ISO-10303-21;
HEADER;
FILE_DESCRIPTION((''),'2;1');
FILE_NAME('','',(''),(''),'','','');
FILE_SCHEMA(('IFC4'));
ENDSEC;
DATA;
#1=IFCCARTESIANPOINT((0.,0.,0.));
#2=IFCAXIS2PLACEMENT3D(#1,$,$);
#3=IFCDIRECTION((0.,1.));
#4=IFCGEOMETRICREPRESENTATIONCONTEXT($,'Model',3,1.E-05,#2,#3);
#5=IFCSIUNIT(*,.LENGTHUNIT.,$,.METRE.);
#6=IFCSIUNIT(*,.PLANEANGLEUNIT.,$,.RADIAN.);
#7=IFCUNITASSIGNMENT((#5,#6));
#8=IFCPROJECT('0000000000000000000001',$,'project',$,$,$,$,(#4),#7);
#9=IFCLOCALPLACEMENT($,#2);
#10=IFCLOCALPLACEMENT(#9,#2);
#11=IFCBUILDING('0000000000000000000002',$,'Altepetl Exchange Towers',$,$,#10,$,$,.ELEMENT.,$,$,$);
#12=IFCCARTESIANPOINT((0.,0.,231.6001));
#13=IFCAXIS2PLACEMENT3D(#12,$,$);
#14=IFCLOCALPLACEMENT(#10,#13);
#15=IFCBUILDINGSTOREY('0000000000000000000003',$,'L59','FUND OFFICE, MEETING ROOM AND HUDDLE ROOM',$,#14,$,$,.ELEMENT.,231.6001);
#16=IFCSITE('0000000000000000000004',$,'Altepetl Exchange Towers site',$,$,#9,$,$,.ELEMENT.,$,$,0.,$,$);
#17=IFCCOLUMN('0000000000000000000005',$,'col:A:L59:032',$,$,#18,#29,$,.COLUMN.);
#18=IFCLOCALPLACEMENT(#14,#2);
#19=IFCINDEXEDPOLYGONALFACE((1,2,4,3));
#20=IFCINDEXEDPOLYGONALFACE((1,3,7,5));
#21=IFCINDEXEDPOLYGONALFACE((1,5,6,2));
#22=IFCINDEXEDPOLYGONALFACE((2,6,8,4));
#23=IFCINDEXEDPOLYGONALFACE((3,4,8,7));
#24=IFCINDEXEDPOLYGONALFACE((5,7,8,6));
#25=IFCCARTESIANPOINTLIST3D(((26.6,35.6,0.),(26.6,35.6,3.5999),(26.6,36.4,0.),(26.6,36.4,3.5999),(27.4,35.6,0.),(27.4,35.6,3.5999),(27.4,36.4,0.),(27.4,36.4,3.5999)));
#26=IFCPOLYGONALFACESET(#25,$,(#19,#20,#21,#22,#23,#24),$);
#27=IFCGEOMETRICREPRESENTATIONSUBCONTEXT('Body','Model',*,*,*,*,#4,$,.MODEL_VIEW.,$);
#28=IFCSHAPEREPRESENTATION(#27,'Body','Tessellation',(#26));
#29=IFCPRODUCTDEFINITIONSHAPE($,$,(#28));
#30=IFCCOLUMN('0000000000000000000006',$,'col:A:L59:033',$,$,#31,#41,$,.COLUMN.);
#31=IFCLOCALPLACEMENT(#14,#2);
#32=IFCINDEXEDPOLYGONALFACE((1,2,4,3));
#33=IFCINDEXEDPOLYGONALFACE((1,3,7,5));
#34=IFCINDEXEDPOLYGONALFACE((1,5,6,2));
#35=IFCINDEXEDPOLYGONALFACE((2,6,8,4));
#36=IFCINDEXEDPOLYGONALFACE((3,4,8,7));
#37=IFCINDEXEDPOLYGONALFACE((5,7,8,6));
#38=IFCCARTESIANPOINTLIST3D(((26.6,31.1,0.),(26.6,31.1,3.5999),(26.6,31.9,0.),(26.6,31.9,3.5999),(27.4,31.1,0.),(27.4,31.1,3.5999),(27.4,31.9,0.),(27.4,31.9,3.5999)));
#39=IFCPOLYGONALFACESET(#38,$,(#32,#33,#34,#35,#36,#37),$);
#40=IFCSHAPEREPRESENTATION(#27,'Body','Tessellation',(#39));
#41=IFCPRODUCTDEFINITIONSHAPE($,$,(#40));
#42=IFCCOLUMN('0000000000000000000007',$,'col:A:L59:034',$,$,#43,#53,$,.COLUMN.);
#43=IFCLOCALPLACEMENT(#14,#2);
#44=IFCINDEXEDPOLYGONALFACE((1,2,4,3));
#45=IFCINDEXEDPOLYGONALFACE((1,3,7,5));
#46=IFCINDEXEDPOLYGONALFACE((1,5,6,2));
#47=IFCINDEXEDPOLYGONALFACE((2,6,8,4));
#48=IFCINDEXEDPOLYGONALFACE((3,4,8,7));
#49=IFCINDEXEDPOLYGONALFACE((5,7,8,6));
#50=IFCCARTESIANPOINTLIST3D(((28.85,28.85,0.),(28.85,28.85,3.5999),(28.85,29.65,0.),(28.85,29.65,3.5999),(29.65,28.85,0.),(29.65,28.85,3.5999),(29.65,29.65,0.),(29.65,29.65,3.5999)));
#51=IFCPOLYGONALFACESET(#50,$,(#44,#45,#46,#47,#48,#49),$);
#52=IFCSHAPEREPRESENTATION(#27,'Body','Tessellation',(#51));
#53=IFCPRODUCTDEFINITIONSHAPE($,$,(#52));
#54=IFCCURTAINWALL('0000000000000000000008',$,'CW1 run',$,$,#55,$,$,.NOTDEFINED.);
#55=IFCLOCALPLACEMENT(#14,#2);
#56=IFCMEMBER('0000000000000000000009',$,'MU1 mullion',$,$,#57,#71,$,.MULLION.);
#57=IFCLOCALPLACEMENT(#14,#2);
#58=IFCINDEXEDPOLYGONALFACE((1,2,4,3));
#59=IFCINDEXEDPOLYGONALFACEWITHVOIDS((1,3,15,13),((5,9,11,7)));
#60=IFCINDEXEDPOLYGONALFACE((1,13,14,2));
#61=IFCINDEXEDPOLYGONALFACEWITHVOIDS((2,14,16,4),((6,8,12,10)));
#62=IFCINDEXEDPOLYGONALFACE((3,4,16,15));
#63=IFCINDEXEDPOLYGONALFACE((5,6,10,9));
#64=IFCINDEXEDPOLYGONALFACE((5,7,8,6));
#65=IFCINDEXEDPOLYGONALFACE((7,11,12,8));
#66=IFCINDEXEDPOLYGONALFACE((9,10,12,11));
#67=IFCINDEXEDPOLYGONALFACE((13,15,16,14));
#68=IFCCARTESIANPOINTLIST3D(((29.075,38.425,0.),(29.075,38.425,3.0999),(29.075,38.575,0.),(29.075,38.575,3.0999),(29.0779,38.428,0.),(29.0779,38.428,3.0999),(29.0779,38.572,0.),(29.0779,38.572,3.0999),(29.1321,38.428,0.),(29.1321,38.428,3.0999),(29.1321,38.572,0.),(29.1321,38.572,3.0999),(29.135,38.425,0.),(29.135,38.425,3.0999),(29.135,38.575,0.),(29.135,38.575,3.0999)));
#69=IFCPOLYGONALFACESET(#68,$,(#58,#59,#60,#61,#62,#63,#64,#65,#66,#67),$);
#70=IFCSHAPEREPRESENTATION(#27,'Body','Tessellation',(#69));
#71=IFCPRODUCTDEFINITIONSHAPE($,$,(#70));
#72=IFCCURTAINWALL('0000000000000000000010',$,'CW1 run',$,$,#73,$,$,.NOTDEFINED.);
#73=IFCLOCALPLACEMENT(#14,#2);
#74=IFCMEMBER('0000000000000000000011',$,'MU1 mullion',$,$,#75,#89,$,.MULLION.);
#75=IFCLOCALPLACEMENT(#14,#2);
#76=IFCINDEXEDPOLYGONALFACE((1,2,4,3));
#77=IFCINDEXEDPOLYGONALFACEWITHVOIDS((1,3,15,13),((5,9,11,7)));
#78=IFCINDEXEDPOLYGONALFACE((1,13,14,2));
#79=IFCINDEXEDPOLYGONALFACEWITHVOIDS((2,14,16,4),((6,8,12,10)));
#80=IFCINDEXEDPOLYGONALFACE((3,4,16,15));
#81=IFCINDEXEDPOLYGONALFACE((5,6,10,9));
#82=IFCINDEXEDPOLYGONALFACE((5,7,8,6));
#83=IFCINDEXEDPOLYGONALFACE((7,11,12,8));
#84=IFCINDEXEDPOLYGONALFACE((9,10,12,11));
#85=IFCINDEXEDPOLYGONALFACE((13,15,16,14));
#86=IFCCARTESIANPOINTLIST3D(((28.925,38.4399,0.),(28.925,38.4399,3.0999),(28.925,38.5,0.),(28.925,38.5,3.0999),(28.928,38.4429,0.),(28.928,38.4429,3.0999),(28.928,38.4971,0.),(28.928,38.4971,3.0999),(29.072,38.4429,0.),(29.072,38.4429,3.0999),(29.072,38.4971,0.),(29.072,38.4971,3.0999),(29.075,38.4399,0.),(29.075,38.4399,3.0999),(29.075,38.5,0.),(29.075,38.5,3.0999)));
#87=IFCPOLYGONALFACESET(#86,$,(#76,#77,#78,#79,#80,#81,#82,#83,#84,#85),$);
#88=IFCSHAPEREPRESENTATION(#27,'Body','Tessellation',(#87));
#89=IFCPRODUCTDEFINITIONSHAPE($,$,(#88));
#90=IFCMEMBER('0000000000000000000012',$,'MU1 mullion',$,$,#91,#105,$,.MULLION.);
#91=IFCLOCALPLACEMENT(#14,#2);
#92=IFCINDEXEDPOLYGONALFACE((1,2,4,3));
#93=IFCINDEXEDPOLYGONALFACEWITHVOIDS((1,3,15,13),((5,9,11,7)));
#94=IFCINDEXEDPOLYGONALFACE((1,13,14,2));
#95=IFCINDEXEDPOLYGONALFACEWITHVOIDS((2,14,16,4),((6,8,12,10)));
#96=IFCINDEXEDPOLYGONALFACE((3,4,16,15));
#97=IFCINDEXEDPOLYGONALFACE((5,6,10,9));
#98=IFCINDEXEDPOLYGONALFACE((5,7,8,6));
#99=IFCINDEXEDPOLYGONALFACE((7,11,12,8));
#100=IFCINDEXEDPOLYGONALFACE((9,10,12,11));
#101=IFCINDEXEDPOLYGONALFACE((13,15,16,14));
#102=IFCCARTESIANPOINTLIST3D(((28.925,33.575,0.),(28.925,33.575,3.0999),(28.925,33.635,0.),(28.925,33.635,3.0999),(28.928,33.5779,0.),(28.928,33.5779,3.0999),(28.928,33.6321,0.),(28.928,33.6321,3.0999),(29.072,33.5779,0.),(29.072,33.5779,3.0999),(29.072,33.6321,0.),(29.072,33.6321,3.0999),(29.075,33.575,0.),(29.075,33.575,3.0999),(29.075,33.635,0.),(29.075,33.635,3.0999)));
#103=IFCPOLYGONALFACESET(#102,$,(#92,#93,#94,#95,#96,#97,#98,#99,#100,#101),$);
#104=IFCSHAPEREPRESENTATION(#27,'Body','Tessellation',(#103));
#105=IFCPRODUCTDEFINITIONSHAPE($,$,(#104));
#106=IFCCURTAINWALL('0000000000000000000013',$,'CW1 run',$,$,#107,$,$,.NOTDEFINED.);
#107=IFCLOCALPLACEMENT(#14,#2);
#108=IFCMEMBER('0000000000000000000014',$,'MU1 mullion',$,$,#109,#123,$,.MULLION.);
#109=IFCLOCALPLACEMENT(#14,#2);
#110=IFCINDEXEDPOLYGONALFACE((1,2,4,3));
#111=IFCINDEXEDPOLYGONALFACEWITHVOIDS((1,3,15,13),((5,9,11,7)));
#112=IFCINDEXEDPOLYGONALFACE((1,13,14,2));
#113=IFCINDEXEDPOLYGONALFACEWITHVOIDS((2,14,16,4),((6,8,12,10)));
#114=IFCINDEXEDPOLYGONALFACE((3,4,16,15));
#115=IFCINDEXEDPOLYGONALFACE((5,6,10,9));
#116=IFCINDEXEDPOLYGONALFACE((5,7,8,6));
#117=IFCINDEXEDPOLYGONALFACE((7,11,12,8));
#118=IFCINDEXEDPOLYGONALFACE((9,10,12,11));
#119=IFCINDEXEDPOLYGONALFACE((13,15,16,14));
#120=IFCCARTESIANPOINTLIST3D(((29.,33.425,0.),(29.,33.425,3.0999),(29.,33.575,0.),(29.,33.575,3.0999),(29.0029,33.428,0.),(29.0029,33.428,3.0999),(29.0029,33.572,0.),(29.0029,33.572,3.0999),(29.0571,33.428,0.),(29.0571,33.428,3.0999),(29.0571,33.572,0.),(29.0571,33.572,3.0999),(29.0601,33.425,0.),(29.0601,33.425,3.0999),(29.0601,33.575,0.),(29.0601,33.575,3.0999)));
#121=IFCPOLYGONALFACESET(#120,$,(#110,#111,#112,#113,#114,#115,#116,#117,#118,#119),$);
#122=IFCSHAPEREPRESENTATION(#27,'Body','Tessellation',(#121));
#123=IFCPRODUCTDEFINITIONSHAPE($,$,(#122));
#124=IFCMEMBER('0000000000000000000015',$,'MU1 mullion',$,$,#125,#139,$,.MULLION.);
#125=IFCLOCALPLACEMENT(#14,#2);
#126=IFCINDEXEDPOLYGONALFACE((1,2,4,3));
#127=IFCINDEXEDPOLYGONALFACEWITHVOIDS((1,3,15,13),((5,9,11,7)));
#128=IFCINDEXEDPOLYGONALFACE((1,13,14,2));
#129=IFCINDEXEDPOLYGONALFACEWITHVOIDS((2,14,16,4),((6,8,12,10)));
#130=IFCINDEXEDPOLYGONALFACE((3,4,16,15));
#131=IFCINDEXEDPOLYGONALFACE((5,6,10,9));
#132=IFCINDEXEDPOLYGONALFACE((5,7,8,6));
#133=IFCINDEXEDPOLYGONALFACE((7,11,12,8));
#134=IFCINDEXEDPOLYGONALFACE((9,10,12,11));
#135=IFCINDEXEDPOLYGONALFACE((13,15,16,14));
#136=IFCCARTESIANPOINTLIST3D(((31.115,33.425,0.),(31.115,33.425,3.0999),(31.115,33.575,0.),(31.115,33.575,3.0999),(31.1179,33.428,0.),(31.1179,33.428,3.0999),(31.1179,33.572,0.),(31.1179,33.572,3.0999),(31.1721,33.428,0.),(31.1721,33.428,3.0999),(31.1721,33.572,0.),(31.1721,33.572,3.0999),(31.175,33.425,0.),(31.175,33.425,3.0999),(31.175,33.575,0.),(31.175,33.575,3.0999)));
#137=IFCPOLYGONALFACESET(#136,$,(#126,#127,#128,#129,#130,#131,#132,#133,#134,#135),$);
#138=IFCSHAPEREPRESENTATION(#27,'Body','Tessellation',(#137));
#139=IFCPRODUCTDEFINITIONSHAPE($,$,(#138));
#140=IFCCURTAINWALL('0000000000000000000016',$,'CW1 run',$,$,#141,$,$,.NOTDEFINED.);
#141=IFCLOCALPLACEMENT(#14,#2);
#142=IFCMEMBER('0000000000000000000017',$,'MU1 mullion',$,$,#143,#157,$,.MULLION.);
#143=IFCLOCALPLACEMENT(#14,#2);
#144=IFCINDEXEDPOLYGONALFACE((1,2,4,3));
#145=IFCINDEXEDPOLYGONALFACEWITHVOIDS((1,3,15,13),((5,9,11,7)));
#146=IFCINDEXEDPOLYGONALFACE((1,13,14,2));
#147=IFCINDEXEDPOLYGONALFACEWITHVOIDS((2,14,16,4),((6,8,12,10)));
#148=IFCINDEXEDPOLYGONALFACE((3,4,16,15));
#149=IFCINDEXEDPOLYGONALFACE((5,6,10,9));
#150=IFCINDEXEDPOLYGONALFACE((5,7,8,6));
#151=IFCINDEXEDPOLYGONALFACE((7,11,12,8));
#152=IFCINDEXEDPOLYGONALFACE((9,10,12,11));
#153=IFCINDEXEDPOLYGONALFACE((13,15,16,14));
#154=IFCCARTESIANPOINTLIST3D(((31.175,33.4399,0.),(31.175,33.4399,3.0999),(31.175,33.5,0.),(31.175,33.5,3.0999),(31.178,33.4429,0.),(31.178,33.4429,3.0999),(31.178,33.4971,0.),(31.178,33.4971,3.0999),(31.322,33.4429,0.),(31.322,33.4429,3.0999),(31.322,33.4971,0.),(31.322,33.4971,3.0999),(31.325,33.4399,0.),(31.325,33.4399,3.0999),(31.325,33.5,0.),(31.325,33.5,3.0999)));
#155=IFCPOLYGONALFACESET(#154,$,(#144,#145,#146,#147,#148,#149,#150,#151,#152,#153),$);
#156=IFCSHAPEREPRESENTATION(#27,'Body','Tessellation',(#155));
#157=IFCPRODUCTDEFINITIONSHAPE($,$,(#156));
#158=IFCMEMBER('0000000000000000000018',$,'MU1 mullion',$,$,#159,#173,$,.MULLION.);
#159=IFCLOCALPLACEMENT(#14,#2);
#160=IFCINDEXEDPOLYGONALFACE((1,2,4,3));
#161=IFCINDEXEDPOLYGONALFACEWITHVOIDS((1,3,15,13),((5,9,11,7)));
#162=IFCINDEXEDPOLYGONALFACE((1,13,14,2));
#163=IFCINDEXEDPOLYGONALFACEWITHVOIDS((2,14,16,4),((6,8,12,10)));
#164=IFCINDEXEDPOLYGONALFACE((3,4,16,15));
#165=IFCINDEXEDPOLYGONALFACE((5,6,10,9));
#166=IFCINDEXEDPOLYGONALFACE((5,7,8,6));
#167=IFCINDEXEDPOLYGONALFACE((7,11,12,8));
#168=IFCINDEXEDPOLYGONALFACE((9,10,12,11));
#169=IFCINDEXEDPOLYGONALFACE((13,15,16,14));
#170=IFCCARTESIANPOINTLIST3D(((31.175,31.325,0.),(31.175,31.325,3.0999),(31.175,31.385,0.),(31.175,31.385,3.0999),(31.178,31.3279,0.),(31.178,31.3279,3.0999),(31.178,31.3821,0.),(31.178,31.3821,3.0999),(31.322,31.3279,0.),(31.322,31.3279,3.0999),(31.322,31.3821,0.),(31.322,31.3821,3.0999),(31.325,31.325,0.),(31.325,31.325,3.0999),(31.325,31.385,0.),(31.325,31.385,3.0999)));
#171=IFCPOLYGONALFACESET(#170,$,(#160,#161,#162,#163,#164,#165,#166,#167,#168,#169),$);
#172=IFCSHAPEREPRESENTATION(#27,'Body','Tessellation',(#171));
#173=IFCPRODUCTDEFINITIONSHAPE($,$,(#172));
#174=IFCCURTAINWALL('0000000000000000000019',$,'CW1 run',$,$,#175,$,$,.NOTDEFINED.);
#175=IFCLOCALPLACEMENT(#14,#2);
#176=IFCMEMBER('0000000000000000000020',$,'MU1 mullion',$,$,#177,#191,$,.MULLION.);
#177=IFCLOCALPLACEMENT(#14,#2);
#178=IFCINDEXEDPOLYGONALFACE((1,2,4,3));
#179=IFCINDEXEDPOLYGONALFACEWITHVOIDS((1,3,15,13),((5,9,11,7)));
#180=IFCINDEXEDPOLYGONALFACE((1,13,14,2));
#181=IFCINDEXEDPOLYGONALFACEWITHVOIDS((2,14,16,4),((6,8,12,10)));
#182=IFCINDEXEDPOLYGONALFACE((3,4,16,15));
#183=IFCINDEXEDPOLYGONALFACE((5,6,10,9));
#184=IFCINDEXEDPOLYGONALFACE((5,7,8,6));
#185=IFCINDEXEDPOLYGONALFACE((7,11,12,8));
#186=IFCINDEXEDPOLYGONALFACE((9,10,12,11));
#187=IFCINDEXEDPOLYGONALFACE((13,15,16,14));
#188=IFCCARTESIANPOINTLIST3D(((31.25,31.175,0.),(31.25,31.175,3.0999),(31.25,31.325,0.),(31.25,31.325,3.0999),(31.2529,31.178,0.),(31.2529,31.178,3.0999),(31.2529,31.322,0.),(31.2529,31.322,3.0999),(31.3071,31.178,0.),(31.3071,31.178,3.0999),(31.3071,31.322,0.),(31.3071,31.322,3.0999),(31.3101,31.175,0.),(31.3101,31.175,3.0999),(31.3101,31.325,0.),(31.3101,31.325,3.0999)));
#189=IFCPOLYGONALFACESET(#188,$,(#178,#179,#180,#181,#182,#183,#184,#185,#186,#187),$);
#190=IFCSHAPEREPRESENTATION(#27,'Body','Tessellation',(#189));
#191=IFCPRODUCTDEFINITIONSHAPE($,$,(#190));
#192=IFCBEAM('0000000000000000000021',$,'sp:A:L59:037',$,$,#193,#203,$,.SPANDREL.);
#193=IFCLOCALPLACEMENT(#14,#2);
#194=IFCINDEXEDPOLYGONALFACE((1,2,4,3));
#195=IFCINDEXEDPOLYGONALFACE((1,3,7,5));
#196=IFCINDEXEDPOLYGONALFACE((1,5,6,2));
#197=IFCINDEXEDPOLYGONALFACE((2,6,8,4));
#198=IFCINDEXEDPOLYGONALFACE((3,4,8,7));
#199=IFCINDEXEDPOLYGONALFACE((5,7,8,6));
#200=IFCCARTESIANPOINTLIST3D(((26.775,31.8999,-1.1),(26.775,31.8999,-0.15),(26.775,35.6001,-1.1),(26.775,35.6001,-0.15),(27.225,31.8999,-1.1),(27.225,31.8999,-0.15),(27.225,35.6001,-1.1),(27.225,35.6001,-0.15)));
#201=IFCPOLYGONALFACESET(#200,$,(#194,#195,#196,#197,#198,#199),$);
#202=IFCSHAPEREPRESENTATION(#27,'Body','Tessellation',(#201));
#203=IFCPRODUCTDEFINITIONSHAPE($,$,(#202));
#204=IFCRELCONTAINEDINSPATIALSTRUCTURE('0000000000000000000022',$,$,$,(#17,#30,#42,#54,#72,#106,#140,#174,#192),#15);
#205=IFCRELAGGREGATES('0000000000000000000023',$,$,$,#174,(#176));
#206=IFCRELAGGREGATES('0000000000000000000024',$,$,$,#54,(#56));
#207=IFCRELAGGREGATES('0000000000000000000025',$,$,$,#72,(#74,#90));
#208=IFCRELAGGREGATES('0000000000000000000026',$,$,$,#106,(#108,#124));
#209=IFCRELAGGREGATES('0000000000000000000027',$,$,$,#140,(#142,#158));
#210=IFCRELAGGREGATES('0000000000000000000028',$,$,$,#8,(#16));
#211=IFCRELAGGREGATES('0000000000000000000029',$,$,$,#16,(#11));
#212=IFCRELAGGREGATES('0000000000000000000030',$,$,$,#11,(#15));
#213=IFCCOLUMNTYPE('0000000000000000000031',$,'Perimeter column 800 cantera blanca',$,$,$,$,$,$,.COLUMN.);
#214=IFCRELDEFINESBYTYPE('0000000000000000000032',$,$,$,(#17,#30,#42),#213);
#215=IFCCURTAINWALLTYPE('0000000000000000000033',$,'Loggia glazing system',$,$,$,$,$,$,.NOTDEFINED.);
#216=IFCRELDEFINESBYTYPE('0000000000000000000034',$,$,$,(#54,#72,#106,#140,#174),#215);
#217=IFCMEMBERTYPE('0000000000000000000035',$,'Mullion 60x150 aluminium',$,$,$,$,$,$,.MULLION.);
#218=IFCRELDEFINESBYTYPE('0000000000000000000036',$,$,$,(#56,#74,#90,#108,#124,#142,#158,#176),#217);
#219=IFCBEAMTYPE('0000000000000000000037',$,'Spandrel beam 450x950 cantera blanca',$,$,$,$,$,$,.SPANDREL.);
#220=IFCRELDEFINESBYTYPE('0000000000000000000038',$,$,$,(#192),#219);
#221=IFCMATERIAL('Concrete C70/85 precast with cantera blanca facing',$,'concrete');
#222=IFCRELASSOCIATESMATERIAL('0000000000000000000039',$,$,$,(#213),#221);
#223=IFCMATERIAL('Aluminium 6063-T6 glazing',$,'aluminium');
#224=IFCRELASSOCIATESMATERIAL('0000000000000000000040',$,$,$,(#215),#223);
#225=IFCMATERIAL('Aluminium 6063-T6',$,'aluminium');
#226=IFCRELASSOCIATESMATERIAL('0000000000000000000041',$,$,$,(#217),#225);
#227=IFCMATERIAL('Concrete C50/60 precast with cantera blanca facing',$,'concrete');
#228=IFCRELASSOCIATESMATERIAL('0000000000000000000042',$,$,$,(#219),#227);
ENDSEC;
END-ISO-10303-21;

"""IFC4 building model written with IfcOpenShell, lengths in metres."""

from ifc_helpers import new_model, si_unit, direction, frame, origin, origin_2d, place, context, subcontext, project, spatial, rectangle, hollow_rectangle, extrude, material, material_profile, profile_set, type_object, element, aggregate, save


model = new_model("IFC4")

# Units and contexts
model_context = context("Model", 3, precision=1e-05, world=origin(), true_north=direction((0.0, 1.0)))
body_context = subcontext(model_context, "Body", "Model", "MODEL_VIEW")
ifc_project = project(units=[si_unit("LENGTHUNIT", "METRE"), si_unit("PLANEANGLEUNIT", "RADIAN")], contexts=[model_context])

# Site, building, storey
site_placement = place(None, origin())
site = spatial("IfcSite", under=ifc_project, at=site_placement, Name="Altepetl Exchange Towers site", CompositionType="ELEMENT", RefElevation=0.0)
building_placement = place(site_placement, origin())
building = spatial("IfcBuilding", under=site, at=building_placement, Name="Altepetl Exchange Towers", CompositionType="ELEMENT")
storey_placement = place(building_placement, frame((0.0, 0.0, 231.6001)))
storey = spatial("IfcBuildingStorey", under=building, at=storey_placement, Name="L59", Description="FUND OFFICE, MEETING ROOM AND HUDDLE ROOM", CompositionType="ELEMENT", Elevation=231.6001)

# Columns
ifc_material_1 = material(Name="Concrete C70/85 precast with cantera blanca facing", Category="concrete")
ifc_material_profile_1 = material_profile(ifc_material_1, rectangle(XDim=0.8, YDim=0.8, at=origin_2d()), Name="800 x 800")
ifc_profile_set_1 = profile_set([ifc_material_profile_1], Name="Concrete C70/85 precast with cantera blanca facing")
column_type = type_object("IfcColumnType", Name="Perimeter column 800 cantera blanca", PredefinedType="COLUMN", material=ifc_profile_set_1)
for number, where, name in (
    (1, (27.0, 36.0, 0.0), "col:A:L59:032"),
    (2, (27.0, 31.5, 0.0), "col:A:L59:033"),
    (3, (29.25, 29.25, 0.0), "col:A:L59:034"),
):
    element("IfcColumn", number, at=place(storey_placement, frame(where)), inside=storey, type_object=column_type, Name=name, PredefinedType="COLUMN", context=body_context, shape_type="SweptSolid", body=[
        extrude(rectangle(XDim=0.8, YDim=0.8, at=origin_2d()), origin(), (0.0, 0.0, 1.0), 3.5999),
    ])

# Curtain wall, member
ifc_material_2 = material(Name="Aluminium 6063-T6 glazing", Category="aluminium")
curtain_wall_type = type_object("IfcCurtainWallType", Name="Loggia glazing system", PredefinedType="NOTDEFINED", material=ifc_material_2)
curtain_wall_1_placement = place(storey_placement, origin())
curtain_wall_1 = element("IfcCurtainWall", 4, at=curtain_wall_1_placement, inside=storey, type_object=curtain_wall_type, Name="CW1 run", PredefinedType="NOTDEFINED")
ifc_material_3 = material(Name="Aluminium 6063-T6", Category="aluminium")
ifc_material_profile_2 = material_profile(ifc_material_3, hollow_rectangle(XDim=0.0601, YDim=0.1499, WallThickness=0.0029, at=origin_2d()), Name="Mullion 60x150 aluminium")
ifc_profile_set_2 = profile_set([ifc_material_profile_2], Name="Aluminium 6063-T6")
member_type = type_object("IfcMemberType", Name="Mullion 60x150 aluminium", PredefinedType="MULLION", material=ifc_profile_set_2)
member_1_placement = place(storey_placement, frame((29.105, 38.5, 0.0), z_axis=(0.0, 0.0, 1.0), x_axis=(-1.0, 0.0, 0.0)))
member_1 = element("IfcMember", 5, at=member_1_placement, type_object=member_type, Name="MU1 mullion", PredefinedType="MULLION", context=body_context, shape_type="SweptSolid", body=[
    extrude(hollow_rectangle(XDim=0.0601, YDim=0.1499, WallThickness=0.0029, at=origin_2d()), origin(), (0.0, 0.0, 1.0), 3.0999),
])

# Curtain walls, members
curtain_wall_2_placement = place(storey_placement, origin())
curtain_wall_2 = element("IfcCurtainWall", 6, at=curtain_wall_2_placement, inside=storey, type_object=curtain_wall_type, Name="CW1 run", PredefinedType="NOTDEFINED")
member_2_placement = place(storey_placement, frame((29.0, 38.47, 0.0), z_axis=(0.0, 0.0, 1.0), x_axis=(0.0, -1.0, 0.0)))
member_2 = element("IfcMember", 7, at=member_2_placement, type_object=member_type, Name="MU1 mullion", PredefinedType="MULLION", context=body_context, shape_type="SweptSolid", body=[
    extrude(hollow_rectangle(XDim=0.0601, YDim=0.1499, WallThickness=0.0029, at=origin_2d()), origin(), (0.0, 0.0, 1.0), 3.0999),
])
member_3_placement = place(storey_placement, frame((29.0, 33.605, 0.0), z_axis=(0.0, 0.0, 1.0), x_axis=(0.0, -1.0, 0.0)))
member_3 = element("IfcMember", 8, at=member_3_placement, type_object=member_type, Name="MU1 mullion", PredefinedType="MULLION", context=body_context, shape_type="SweptSolid", body=[
    extrude(hollow_rectangle(XDim=0.0601, YDim=0.1499, WallThickness=0.0029, at=origin_2d()), origin(), (0.0, 0.0, 1.0), 3.0999),
])
curtain_wall_3_placement = place(storey_placement, origin())
curtain_wall_3 = element("IfcCurtainWall", 9, at=curtain_wall_3_placement, inside=storey, type_object=curtain_wall_type, Name="CW1 run", PredefinedType="NOTDEFINED")
member_4_placement = place(storey_placement, frame((29.03, 33.5, 0.0)))
member_4 = element("IfcMember", 10, at=member_4_placement, type_object=member_type, Name="MU1 mullion", PredefinedType="MULLION", context=body_context, shape_type="SweptSolid", body=[
    extrude(hollow_rectangle(XDim=0.0601, YDim=0.1499, WallThickness=0.0029, at=origin_2d()), origin(), (0.0, 0.0, 1.0), 3.0999),
])
member_5_placement = place(storey_placement, frame((31.145, 33.5, 0.0)))
member_5 = element("IfcMember", 11, at=member_5_placement, type_object=member_type, Name="MU1 mullion", PredefinedType="MULLION", context=body_context, shape_type="SweptSolid", body=[
    extrude(hollow_rectangle(XDim=0.0601, YDim=0.1499, WallThickness=0.0029, at=origin_2d()), origin(), (0.0, 0.0, 1.0), 3.0999),
])
curtain_wall_4_placement = place(storey_placement, origin())
curtain_wall_4 = element("IfcCurtainWall", 12, at=curtain_wall_4_placement, inside=storey, type_object=curtain_wall_type, Name="CW1 run", PredefinedType="NOTDEFINED")
member_6_placement = place(storey_placement, frame((31.25, 33.47, 0.0), z_axis=(0.0, 0.0, 1.0), x_axis=(0.0, -1.0, 0.0)))
member_6 = element("IfcMember", 13, at=member_6_placement, type_object=member_type, Name="MU1 mullion", PredefinedType="MULLION", context=body_context, shape_type="SweptSolid", body=[
    extrude(hollow_rectangle(XDim=0.0601, YDim=0.1499, WallThickness=0.0029, at=origin_2d()), origin(), (0.0, 0.0, 1.0), 3.0999),
])
member_7_placement = place(storey_placement, frame((31.25, 31.355, 0.0), z_axis=(0.0, 0.0, 1.0), x_axis=(0.0, -1.0, 0.0)))
member_7 = element("IfcMember", 14, at=member_7_placement, type_object=member_type, Name="MU1 mullion", PredefinedType="MULLION", context=body_context, shape_type="SweptSolid", body=[
    extrude(hollow_rectangle(XDim=0.0601, YDim=0.1499, WallThickness=0.0029, at=origin_2d()), origin(), (0.0, 0.0, 1.0), 3.0999),
])

# Curtain wall, member
curtain_wall_5_placement = place(storey_placement, origin())
curtain_wall_5 = element("IfcCurtainWall", 15, at=curtain_wall_5_placement, inside=storey, type_object=curtain_wall_type, Name="CW1 run", PredefinedType="NOTDEFINED")
member_8_placement = place(storey_placement, frame((31.28, 31.25, 0.0)))
member_8 = element("IfcMember", 16, at=member_8_placement, type_object=member_type, Name="MU1 mullion", PredefinedType="MULLION", context=body_context, shape_type="SweptSolid", body=[
    extrude(hollow_rectangle(XDim=0.0601, YDim=0.1499, WallThickness=0.0029, at=origin_2d()), origin(), (0.0, 0.0, 1.0), 3.0999),
])
aggregate(curtain_wall_5, [member_8])

# Beam
ifc_material_4 = material(Name="Concrete C50/60 precast with cantera blanca facing", Category="concrete")
ifc_material_profile_3 = material_profile(ifc_material_4, rectangle(XDim=0.45, YDim=0.95, at=origin_2d()), Name="450 x 950")
ifc_profile_set_3 = profile_set([ifc_material_profile_3], Name="Concrete C50/60 precast with cantera blanca facing")
beam_type = type_object("IfcBeamType", Name="Spandrel beam 450x950 cantera blanca", PredefinedType="SPANDREL", material=ifc_profile_set_3)
beam_1_placement = place(storey_placement, frame((27.0, 35.6001, -0.625), z_axis=(0.0, -1.0, 0.0), x_axis=(1.0, 0.0, 0.0)))
element("IfcBeam", 17, at=beam_1_placement, inside=storey, type_object=beam_type, Name="sp:A:L59:037", PredefinedType="SPANDREL", context=body_context, shape_type="SweptSolid", body=[
    extrude(rectangle(XDim=0.45, YDim=0.95, at=origin_2d()), origin(), (0.0, 0.0, 1.0), 3.7002),
])

aggregate(curtain_wall_1, [member_1])
aggregate(curtain_wall_2, [member_2, member_3])
aggregate(curtain_wall_3, [member_4, member_5])
aggregate(curtain_wall_4, [member_6, member_7])

save(model, "model.ifc")
